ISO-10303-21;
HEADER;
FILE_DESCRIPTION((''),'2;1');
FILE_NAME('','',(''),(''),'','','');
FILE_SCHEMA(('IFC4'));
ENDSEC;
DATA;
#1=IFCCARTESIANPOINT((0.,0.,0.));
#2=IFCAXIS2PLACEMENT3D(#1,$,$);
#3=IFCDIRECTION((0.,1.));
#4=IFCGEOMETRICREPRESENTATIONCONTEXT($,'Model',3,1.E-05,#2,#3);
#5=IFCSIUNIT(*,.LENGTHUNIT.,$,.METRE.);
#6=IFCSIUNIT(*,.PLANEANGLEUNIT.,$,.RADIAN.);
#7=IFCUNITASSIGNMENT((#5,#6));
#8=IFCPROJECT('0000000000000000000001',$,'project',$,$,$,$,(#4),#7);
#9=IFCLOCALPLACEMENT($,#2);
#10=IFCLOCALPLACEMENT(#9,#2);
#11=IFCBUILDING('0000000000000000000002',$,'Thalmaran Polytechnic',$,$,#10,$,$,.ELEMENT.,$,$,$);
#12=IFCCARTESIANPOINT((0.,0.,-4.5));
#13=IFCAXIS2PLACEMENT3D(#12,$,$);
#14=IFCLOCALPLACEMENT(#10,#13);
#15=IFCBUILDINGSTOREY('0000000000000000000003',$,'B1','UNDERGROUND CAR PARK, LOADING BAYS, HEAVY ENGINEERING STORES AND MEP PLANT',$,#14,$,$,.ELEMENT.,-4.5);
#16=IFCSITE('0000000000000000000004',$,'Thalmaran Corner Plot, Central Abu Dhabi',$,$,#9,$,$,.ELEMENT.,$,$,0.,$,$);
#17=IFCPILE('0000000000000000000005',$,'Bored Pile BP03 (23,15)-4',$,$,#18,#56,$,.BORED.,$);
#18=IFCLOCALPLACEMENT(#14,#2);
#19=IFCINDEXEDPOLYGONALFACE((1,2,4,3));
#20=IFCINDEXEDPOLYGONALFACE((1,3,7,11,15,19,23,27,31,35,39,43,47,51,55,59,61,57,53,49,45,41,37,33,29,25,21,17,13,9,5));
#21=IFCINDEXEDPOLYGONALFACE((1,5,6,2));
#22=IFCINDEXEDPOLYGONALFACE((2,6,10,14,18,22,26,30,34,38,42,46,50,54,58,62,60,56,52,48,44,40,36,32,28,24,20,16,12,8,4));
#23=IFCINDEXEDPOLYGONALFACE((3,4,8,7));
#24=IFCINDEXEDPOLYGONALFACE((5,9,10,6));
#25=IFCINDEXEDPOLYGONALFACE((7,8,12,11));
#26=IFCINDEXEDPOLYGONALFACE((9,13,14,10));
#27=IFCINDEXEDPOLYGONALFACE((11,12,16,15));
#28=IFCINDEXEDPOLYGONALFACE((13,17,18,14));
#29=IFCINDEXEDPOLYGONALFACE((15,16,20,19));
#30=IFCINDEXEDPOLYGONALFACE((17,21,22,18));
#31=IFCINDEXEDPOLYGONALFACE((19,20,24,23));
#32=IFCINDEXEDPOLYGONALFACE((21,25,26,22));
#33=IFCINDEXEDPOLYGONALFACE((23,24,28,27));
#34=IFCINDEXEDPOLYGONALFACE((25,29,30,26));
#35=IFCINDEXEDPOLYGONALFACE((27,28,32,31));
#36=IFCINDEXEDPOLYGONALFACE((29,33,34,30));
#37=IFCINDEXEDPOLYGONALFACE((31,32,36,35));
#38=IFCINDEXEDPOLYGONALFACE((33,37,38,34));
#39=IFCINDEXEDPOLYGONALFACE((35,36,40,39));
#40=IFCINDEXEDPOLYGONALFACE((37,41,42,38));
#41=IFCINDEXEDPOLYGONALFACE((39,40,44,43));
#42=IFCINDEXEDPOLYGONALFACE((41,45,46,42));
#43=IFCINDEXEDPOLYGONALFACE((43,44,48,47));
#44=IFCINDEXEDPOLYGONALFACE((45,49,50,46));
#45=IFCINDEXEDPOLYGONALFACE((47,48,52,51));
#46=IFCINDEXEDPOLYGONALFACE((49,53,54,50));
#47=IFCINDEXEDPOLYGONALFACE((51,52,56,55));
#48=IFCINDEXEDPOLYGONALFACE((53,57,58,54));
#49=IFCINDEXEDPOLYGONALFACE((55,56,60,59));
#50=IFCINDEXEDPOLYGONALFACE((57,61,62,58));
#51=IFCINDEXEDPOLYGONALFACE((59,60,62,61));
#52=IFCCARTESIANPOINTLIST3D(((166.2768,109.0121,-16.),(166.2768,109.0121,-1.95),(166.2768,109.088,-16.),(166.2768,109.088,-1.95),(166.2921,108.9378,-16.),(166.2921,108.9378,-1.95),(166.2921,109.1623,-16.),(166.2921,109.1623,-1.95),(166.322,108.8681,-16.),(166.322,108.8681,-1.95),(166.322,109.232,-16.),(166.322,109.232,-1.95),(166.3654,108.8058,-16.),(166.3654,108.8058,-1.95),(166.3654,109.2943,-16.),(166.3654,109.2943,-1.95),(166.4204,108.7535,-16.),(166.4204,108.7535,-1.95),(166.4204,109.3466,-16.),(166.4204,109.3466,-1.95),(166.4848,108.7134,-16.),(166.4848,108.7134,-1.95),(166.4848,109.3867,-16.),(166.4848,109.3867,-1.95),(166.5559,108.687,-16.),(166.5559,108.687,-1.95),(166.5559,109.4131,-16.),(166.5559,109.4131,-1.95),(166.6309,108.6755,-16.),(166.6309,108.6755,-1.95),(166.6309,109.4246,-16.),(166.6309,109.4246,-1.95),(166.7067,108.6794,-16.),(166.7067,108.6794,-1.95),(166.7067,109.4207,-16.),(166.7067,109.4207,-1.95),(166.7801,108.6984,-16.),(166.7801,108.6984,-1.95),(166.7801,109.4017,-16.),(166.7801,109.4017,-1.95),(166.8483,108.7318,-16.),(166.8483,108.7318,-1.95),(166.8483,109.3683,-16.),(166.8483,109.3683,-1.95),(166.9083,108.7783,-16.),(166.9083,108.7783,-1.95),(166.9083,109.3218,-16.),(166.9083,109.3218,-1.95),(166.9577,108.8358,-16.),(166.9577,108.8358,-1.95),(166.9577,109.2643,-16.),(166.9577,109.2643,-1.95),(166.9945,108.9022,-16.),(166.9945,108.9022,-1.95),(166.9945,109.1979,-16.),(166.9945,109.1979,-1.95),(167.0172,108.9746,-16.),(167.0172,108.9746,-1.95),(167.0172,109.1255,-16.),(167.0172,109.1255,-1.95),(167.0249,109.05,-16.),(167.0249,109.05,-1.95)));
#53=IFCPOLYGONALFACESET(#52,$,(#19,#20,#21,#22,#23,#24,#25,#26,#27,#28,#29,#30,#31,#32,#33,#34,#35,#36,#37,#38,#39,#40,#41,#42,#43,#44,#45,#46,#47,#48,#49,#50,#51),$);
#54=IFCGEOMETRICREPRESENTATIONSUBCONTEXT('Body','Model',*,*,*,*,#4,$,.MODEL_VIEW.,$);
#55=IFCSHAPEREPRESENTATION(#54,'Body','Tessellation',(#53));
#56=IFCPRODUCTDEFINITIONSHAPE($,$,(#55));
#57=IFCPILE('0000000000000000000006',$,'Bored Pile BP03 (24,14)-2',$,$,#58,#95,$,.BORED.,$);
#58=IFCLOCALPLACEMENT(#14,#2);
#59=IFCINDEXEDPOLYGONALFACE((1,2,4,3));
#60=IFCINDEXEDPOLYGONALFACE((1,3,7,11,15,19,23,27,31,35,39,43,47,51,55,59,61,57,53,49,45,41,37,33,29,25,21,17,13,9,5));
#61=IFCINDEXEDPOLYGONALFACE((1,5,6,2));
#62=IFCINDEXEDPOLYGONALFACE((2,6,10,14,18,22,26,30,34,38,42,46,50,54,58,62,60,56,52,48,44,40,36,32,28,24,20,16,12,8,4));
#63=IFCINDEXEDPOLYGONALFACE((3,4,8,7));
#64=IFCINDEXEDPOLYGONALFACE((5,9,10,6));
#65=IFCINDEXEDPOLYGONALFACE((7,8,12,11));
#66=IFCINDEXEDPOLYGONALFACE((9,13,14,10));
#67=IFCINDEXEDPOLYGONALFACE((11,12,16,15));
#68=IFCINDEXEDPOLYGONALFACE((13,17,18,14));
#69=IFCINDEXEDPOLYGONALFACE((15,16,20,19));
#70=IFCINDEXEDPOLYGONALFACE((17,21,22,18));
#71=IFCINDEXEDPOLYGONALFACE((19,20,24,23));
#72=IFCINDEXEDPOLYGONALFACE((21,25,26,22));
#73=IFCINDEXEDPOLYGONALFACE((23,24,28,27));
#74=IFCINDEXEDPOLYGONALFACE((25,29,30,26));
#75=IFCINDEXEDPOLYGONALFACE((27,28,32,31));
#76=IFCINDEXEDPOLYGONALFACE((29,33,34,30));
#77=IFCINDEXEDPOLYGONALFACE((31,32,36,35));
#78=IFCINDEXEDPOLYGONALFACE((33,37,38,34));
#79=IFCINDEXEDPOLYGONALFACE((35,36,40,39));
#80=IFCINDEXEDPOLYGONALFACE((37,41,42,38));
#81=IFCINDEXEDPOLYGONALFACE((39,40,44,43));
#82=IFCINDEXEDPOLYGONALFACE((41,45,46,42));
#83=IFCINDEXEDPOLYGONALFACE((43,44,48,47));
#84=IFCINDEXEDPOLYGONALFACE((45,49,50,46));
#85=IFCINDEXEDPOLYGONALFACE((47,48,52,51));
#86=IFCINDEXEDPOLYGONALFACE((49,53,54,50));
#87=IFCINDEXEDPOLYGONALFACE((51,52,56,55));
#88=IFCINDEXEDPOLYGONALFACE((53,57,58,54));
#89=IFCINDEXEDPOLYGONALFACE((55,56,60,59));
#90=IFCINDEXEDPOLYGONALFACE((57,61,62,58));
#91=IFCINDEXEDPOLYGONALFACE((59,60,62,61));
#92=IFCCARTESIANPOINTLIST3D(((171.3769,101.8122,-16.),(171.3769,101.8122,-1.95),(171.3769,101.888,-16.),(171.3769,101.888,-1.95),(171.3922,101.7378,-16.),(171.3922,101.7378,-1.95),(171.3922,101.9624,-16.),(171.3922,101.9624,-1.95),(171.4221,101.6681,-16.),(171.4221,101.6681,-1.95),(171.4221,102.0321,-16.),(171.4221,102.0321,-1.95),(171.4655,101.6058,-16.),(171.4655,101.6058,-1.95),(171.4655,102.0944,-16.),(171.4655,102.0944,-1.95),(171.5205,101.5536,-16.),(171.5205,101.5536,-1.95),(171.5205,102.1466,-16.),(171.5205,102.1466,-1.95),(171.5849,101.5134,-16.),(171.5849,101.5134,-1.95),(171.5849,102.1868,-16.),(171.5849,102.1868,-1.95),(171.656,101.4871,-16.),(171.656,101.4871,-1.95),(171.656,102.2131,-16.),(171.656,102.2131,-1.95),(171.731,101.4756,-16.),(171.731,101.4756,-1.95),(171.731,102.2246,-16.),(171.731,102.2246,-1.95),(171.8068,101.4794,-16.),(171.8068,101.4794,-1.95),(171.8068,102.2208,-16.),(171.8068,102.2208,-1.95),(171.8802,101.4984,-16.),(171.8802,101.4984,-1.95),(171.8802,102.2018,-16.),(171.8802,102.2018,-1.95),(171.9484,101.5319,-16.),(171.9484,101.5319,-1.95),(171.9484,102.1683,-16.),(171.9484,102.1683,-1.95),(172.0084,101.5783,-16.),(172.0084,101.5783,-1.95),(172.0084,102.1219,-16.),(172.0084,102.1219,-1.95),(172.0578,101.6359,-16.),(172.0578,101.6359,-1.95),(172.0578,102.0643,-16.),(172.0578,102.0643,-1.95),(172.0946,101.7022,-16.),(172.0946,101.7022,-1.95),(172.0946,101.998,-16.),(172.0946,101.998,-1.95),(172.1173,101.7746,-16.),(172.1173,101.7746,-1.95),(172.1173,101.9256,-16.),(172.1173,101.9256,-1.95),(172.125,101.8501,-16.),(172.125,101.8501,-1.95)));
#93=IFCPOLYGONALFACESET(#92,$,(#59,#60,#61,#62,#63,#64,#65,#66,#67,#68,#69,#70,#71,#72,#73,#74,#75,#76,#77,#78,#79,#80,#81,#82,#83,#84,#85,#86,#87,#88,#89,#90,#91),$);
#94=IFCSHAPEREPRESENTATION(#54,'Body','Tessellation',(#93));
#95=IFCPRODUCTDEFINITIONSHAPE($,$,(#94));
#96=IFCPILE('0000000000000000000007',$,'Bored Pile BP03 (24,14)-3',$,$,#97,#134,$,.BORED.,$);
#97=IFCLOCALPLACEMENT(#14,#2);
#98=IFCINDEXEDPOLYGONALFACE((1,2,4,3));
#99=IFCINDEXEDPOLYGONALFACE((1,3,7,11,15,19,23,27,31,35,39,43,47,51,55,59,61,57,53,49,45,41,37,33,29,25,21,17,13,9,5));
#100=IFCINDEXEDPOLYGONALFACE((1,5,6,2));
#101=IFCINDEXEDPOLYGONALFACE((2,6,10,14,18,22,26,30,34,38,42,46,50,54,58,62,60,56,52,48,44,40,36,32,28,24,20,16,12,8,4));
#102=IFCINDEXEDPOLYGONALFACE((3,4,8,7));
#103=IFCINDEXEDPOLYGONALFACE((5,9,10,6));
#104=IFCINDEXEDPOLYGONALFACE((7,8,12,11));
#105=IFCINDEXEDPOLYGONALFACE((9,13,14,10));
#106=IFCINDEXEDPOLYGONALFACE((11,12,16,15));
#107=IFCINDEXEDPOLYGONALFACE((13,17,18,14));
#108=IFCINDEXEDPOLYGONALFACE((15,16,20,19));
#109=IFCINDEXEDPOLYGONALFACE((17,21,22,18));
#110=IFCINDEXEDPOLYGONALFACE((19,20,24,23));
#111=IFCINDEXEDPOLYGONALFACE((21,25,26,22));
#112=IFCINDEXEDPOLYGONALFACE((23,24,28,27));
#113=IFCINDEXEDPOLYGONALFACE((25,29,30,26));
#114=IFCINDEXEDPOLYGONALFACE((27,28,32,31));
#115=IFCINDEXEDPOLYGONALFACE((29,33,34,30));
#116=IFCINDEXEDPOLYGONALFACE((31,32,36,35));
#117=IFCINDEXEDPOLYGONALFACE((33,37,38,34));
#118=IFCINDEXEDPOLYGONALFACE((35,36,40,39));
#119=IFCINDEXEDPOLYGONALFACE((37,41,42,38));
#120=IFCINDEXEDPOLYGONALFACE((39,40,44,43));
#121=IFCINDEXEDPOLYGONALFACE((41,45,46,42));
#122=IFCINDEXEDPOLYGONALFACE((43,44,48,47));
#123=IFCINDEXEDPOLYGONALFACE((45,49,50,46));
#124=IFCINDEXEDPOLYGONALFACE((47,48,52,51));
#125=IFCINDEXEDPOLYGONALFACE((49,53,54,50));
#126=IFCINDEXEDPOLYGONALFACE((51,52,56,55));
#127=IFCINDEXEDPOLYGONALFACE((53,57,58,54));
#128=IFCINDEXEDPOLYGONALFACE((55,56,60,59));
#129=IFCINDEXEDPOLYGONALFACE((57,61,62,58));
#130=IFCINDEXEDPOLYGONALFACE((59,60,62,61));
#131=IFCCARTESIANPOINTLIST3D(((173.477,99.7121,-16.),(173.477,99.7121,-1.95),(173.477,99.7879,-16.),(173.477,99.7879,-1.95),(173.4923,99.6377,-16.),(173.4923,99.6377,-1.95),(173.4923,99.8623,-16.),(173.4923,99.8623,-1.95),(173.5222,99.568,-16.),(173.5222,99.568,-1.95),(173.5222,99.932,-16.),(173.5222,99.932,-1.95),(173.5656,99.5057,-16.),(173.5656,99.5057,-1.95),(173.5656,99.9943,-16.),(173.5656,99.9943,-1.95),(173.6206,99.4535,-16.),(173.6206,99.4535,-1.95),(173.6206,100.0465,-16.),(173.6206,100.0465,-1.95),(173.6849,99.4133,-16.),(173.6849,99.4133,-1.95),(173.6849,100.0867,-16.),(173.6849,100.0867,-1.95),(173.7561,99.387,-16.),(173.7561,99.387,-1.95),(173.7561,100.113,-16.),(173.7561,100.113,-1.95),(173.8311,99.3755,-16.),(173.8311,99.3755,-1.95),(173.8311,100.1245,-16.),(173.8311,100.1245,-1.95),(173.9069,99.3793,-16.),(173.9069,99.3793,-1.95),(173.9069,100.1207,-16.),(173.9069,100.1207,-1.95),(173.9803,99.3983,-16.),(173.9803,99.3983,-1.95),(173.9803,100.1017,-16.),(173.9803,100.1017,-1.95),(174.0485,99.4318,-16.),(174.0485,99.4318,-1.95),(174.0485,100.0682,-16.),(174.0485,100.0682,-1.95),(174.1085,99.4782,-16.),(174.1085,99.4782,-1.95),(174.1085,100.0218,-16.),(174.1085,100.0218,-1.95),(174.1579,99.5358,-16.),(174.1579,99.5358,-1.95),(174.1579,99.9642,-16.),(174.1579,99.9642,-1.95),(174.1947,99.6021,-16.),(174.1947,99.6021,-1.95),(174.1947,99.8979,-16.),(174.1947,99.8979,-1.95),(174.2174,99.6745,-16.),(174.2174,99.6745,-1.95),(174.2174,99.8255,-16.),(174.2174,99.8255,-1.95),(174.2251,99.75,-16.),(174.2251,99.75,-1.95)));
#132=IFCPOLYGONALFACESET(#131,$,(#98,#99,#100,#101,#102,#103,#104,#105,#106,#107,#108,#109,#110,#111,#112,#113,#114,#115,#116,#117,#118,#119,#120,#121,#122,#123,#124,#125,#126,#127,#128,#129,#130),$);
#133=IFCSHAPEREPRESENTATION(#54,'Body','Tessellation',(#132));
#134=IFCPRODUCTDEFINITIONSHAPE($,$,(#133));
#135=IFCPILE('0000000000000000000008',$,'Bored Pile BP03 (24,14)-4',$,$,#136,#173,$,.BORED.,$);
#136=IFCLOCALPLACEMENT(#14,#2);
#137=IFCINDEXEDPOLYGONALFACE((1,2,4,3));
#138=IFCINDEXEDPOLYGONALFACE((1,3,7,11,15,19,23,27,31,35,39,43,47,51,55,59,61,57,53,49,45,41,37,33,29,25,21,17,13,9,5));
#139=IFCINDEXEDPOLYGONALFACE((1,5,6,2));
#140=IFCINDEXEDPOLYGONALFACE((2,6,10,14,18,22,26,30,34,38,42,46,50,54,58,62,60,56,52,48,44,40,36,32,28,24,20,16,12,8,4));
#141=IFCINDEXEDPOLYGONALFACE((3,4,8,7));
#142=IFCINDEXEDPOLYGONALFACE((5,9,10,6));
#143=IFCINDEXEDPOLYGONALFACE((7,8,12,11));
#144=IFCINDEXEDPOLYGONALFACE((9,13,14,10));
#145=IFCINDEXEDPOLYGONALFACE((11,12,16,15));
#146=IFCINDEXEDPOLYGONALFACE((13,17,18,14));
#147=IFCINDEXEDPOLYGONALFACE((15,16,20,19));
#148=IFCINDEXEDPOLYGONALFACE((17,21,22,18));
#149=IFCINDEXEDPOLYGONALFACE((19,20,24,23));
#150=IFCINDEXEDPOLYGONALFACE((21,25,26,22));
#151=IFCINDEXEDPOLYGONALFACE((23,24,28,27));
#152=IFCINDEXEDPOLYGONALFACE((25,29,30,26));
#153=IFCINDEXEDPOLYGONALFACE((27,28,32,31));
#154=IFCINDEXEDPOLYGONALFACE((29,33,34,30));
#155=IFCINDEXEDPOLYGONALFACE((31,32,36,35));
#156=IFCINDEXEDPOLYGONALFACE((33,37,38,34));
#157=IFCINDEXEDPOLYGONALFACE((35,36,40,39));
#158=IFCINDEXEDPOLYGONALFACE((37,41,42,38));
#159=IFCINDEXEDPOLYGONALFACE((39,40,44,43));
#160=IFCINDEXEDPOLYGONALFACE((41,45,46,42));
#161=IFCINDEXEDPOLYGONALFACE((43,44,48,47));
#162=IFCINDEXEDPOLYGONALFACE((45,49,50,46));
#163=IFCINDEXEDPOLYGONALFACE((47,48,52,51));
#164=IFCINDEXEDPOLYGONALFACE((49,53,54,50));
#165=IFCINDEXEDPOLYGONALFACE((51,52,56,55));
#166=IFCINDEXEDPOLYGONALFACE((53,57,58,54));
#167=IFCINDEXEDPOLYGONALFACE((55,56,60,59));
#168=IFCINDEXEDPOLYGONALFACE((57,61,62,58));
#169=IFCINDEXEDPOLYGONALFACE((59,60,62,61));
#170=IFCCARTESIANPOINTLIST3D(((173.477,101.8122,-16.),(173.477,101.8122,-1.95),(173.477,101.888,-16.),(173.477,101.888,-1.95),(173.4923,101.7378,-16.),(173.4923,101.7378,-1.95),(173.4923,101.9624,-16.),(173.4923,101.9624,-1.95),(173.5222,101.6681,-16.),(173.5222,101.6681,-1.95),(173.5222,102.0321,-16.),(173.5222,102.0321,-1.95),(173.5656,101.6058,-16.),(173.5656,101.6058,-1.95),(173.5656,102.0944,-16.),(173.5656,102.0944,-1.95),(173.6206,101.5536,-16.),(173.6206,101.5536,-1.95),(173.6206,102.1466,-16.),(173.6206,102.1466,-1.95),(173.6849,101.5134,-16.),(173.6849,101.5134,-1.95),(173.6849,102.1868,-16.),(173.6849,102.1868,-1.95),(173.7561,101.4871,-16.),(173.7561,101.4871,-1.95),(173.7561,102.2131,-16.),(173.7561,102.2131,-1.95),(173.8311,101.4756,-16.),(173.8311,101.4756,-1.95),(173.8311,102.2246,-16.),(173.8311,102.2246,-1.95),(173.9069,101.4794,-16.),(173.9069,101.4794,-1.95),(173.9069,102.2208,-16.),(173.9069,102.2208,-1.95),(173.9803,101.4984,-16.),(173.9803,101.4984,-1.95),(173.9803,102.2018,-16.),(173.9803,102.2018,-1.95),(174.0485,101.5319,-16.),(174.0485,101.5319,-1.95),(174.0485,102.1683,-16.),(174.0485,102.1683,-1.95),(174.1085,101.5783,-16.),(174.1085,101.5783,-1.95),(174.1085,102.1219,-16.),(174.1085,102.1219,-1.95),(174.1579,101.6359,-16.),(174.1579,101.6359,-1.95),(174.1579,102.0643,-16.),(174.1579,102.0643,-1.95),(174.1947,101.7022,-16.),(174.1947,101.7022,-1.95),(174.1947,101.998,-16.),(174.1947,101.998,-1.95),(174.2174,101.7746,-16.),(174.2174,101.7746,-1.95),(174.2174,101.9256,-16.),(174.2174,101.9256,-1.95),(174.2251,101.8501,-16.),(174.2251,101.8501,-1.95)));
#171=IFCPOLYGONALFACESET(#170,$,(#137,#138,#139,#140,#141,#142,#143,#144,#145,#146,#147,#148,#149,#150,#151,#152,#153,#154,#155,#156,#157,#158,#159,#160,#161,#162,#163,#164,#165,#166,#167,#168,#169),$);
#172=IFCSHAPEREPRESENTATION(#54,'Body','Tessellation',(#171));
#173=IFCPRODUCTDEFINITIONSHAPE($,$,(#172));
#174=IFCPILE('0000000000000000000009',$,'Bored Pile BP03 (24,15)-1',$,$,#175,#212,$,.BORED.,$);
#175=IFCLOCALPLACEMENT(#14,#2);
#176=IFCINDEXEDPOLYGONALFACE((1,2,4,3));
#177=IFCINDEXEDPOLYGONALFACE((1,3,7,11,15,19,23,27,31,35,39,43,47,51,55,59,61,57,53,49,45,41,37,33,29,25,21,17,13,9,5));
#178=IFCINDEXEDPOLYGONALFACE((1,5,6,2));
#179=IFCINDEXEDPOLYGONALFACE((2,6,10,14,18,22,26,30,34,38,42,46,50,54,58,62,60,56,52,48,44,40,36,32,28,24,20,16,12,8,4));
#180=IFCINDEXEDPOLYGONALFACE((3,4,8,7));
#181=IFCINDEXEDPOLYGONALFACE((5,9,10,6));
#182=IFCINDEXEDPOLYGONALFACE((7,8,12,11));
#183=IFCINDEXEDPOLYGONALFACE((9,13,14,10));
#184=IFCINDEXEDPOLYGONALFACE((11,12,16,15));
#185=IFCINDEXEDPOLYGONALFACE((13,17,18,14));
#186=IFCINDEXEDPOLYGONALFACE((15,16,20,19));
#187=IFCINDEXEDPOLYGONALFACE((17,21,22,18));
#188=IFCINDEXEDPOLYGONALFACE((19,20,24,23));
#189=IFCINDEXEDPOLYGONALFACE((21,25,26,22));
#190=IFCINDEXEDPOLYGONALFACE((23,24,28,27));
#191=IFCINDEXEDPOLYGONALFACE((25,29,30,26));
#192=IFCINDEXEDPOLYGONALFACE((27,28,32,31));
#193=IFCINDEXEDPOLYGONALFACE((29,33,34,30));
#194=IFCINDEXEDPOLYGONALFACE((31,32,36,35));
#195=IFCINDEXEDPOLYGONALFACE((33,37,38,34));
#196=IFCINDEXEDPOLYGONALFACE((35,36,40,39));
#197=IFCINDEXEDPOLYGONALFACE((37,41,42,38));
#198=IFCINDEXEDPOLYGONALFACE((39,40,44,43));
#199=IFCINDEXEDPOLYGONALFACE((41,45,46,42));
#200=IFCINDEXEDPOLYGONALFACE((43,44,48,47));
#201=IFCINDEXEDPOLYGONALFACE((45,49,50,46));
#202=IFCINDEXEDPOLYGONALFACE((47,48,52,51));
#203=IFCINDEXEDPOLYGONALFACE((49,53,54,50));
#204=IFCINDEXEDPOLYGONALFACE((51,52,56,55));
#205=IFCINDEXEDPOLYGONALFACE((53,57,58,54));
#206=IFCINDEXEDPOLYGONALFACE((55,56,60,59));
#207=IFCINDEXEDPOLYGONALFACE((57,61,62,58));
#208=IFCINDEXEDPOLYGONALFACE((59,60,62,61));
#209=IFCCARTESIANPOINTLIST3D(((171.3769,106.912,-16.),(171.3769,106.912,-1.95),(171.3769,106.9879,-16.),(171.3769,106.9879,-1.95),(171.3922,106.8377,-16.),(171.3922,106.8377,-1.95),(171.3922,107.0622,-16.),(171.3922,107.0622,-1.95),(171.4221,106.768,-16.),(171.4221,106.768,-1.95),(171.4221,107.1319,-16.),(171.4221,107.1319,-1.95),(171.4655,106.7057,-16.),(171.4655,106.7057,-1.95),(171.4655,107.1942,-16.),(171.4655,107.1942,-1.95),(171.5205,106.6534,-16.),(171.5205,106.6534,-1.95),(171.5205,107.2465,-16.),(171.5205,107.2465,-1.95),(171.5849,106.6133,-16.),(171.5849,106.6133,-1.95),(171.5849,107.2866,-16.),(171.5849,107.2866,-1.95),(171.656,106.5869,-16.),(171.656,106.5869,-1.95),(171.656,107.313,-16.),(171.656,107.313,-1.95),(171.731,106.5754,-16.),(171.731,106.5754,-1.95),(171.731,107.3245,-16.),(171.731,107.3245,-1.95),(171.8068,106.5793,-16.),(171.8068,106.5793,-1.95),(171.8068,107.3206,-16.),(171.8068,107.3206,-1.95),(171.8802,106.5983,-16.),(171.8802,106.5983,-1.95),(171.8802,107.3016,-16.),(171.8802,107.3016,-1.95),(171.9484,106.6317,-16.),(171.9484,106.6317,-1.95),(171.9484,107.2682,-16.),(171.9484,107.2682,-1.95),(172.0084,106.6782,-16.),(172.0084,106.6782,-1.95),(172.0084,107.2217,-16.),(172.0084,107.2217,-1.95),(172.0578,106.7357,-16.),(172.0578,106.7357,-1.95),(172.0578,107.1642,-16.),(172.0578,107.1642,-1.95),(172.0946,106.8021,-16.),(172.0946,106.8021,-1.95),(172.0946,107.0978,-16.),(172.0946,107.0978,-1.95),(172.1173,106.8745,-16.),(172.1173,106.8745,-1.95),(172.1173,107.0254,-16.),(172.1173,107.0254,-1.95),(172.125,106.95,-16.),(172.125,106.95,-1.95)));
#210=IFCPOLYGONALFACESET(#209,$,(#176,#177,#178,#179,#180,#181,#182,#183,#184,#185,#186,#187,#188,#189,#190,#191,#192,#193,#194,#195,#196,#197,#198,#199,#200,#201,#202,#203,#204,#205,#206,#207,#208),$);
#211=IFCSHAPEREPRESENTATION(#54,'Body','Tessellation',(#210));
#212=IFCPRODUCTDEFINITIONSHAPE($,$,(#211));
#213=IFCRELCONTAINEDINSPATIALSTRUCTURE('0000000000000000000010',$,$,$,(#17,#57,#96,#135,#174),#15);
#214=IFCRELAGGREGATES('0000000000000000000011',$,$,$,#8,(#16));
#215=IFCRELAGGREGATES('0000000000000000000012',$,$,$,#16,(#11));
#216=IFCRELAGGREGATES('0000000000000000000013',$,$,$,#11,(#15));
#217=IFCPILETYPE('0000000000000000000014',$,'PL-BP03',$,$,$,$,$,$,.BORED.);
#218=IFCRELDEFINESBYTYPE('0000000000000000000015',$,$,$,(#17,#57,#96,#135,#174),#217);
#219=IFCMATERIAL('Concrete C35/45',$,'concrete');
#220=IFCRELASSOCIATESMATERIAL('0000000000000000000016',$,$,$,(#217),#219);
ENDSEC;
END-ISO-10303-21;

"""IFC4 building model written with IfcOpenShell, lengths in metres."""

from ifc_helpers import new_model, si_unit, direction, frame, origin, origin_2d, place, context, subcontext, project, spatial, circle, extrude, material, material_profile, profile_set, type_object, element, save


model = new_model("IFC4")

# Units and contexts
model_context = context("Model", 3, precision=1e-05, world=origin(), true_north=direction((0.0, 1.0)))
body_context = subcontext(model_context, "Body", "Model", "MODEL_VIEW")
ifc_project = project(units=[si_unit("LENGTHUNIT", "METRE"), si_unit("PLANEANGLEUNIT", "RADIAN")], contexts=[model_context])

# Site, building, storey
site_placement = place(None, origin())
site = spatial("IfcSite", under=ifc_project, at=site_placement, Name="Thalmaran Corner Plot, Central Abu Dhabi", CompositionType="ELEMENT", RefElevation=0.0)
building_placement = place(site_placement, origin())
building = spatial("IfcBuilding", under=site, at=building_placement, Name="Thalmaran Polytechnic", CompositionType="ELEMENT")
storey_placement = place(building_placement, frame((0.0, 0.0, -4.5)))
storey = spatial("IfcBuildingStorey", under=building, at=storey_placement, Name="B1", Description="UNDERGROUND CAR PARK, LOADING BAYS, HEAVY ENGINEERING STORES AND MEP PLANT", CompositionType="ELEMENT", Elevation=-4.5)

# Piles
ifc_material_1 = material(Name="Concrete C35/45", Category="concrete")
ifc_material_profile_1 = material_profile(ifc_material_1, circle(Radius=0.375, at=origin_2d()), Name="RC 750 DIA")
ifc_profile_set_1 = profile_set([ifc_material_profile_1], Name="Concrete C35/45")
pile_type = type_object("IfcPileType", Name="PL-BP03", PredefinedType="BORED", material=ifc_profile_set_1)
for number, where, z_axis, x_axis, name in (
    (1, (166.6499, 109.05, -1.95), (0.0, 0.0, -1.0), (1.0, 0.0, 0.0), "Bored Pile BP03 (23,15)-4"),
    (2, (171.75, 101.8501, -1.95), (0.0, 0.0, -1.0), (1.0, 0.0, 0.0), "Bored Pile BP03 (24,14)-2"),
    (3, (173.8501, 99.75, -1.95), (0.0, 0.0, -1.0), (1.0, 0.0, 0.0), "Bored Pile BP03 (24,14)-3"),
    (4, (173.8501, 101.8501, -1.95), (0.0, 0.0, -1.0), (1.0, 0.0, 0.0), "Bored Pile BP03 (24,14)-4"),
    (5, (171.75, 106.95, -1.95), (0.0, 0.0, -1.0), (1.0, 0.0, 0.0), "Bored Pile BP03 (24,15)-1"),
):
    element("IfcPile", number, at=place(storey_placement, frame(where, z_axis=z_axis, x_axis=x_axis)), inside=storey, type_object=pile_type, Name=name, PredefinedType="BORED", context=body_context, shape_type="SweptSolid", body=[
        extrude(circle(Radius=0.375, at=origin_2d()), origin(), (0.0, 0.0, 1.0), 14.05),
    ])

save(model, "model.ifc")
